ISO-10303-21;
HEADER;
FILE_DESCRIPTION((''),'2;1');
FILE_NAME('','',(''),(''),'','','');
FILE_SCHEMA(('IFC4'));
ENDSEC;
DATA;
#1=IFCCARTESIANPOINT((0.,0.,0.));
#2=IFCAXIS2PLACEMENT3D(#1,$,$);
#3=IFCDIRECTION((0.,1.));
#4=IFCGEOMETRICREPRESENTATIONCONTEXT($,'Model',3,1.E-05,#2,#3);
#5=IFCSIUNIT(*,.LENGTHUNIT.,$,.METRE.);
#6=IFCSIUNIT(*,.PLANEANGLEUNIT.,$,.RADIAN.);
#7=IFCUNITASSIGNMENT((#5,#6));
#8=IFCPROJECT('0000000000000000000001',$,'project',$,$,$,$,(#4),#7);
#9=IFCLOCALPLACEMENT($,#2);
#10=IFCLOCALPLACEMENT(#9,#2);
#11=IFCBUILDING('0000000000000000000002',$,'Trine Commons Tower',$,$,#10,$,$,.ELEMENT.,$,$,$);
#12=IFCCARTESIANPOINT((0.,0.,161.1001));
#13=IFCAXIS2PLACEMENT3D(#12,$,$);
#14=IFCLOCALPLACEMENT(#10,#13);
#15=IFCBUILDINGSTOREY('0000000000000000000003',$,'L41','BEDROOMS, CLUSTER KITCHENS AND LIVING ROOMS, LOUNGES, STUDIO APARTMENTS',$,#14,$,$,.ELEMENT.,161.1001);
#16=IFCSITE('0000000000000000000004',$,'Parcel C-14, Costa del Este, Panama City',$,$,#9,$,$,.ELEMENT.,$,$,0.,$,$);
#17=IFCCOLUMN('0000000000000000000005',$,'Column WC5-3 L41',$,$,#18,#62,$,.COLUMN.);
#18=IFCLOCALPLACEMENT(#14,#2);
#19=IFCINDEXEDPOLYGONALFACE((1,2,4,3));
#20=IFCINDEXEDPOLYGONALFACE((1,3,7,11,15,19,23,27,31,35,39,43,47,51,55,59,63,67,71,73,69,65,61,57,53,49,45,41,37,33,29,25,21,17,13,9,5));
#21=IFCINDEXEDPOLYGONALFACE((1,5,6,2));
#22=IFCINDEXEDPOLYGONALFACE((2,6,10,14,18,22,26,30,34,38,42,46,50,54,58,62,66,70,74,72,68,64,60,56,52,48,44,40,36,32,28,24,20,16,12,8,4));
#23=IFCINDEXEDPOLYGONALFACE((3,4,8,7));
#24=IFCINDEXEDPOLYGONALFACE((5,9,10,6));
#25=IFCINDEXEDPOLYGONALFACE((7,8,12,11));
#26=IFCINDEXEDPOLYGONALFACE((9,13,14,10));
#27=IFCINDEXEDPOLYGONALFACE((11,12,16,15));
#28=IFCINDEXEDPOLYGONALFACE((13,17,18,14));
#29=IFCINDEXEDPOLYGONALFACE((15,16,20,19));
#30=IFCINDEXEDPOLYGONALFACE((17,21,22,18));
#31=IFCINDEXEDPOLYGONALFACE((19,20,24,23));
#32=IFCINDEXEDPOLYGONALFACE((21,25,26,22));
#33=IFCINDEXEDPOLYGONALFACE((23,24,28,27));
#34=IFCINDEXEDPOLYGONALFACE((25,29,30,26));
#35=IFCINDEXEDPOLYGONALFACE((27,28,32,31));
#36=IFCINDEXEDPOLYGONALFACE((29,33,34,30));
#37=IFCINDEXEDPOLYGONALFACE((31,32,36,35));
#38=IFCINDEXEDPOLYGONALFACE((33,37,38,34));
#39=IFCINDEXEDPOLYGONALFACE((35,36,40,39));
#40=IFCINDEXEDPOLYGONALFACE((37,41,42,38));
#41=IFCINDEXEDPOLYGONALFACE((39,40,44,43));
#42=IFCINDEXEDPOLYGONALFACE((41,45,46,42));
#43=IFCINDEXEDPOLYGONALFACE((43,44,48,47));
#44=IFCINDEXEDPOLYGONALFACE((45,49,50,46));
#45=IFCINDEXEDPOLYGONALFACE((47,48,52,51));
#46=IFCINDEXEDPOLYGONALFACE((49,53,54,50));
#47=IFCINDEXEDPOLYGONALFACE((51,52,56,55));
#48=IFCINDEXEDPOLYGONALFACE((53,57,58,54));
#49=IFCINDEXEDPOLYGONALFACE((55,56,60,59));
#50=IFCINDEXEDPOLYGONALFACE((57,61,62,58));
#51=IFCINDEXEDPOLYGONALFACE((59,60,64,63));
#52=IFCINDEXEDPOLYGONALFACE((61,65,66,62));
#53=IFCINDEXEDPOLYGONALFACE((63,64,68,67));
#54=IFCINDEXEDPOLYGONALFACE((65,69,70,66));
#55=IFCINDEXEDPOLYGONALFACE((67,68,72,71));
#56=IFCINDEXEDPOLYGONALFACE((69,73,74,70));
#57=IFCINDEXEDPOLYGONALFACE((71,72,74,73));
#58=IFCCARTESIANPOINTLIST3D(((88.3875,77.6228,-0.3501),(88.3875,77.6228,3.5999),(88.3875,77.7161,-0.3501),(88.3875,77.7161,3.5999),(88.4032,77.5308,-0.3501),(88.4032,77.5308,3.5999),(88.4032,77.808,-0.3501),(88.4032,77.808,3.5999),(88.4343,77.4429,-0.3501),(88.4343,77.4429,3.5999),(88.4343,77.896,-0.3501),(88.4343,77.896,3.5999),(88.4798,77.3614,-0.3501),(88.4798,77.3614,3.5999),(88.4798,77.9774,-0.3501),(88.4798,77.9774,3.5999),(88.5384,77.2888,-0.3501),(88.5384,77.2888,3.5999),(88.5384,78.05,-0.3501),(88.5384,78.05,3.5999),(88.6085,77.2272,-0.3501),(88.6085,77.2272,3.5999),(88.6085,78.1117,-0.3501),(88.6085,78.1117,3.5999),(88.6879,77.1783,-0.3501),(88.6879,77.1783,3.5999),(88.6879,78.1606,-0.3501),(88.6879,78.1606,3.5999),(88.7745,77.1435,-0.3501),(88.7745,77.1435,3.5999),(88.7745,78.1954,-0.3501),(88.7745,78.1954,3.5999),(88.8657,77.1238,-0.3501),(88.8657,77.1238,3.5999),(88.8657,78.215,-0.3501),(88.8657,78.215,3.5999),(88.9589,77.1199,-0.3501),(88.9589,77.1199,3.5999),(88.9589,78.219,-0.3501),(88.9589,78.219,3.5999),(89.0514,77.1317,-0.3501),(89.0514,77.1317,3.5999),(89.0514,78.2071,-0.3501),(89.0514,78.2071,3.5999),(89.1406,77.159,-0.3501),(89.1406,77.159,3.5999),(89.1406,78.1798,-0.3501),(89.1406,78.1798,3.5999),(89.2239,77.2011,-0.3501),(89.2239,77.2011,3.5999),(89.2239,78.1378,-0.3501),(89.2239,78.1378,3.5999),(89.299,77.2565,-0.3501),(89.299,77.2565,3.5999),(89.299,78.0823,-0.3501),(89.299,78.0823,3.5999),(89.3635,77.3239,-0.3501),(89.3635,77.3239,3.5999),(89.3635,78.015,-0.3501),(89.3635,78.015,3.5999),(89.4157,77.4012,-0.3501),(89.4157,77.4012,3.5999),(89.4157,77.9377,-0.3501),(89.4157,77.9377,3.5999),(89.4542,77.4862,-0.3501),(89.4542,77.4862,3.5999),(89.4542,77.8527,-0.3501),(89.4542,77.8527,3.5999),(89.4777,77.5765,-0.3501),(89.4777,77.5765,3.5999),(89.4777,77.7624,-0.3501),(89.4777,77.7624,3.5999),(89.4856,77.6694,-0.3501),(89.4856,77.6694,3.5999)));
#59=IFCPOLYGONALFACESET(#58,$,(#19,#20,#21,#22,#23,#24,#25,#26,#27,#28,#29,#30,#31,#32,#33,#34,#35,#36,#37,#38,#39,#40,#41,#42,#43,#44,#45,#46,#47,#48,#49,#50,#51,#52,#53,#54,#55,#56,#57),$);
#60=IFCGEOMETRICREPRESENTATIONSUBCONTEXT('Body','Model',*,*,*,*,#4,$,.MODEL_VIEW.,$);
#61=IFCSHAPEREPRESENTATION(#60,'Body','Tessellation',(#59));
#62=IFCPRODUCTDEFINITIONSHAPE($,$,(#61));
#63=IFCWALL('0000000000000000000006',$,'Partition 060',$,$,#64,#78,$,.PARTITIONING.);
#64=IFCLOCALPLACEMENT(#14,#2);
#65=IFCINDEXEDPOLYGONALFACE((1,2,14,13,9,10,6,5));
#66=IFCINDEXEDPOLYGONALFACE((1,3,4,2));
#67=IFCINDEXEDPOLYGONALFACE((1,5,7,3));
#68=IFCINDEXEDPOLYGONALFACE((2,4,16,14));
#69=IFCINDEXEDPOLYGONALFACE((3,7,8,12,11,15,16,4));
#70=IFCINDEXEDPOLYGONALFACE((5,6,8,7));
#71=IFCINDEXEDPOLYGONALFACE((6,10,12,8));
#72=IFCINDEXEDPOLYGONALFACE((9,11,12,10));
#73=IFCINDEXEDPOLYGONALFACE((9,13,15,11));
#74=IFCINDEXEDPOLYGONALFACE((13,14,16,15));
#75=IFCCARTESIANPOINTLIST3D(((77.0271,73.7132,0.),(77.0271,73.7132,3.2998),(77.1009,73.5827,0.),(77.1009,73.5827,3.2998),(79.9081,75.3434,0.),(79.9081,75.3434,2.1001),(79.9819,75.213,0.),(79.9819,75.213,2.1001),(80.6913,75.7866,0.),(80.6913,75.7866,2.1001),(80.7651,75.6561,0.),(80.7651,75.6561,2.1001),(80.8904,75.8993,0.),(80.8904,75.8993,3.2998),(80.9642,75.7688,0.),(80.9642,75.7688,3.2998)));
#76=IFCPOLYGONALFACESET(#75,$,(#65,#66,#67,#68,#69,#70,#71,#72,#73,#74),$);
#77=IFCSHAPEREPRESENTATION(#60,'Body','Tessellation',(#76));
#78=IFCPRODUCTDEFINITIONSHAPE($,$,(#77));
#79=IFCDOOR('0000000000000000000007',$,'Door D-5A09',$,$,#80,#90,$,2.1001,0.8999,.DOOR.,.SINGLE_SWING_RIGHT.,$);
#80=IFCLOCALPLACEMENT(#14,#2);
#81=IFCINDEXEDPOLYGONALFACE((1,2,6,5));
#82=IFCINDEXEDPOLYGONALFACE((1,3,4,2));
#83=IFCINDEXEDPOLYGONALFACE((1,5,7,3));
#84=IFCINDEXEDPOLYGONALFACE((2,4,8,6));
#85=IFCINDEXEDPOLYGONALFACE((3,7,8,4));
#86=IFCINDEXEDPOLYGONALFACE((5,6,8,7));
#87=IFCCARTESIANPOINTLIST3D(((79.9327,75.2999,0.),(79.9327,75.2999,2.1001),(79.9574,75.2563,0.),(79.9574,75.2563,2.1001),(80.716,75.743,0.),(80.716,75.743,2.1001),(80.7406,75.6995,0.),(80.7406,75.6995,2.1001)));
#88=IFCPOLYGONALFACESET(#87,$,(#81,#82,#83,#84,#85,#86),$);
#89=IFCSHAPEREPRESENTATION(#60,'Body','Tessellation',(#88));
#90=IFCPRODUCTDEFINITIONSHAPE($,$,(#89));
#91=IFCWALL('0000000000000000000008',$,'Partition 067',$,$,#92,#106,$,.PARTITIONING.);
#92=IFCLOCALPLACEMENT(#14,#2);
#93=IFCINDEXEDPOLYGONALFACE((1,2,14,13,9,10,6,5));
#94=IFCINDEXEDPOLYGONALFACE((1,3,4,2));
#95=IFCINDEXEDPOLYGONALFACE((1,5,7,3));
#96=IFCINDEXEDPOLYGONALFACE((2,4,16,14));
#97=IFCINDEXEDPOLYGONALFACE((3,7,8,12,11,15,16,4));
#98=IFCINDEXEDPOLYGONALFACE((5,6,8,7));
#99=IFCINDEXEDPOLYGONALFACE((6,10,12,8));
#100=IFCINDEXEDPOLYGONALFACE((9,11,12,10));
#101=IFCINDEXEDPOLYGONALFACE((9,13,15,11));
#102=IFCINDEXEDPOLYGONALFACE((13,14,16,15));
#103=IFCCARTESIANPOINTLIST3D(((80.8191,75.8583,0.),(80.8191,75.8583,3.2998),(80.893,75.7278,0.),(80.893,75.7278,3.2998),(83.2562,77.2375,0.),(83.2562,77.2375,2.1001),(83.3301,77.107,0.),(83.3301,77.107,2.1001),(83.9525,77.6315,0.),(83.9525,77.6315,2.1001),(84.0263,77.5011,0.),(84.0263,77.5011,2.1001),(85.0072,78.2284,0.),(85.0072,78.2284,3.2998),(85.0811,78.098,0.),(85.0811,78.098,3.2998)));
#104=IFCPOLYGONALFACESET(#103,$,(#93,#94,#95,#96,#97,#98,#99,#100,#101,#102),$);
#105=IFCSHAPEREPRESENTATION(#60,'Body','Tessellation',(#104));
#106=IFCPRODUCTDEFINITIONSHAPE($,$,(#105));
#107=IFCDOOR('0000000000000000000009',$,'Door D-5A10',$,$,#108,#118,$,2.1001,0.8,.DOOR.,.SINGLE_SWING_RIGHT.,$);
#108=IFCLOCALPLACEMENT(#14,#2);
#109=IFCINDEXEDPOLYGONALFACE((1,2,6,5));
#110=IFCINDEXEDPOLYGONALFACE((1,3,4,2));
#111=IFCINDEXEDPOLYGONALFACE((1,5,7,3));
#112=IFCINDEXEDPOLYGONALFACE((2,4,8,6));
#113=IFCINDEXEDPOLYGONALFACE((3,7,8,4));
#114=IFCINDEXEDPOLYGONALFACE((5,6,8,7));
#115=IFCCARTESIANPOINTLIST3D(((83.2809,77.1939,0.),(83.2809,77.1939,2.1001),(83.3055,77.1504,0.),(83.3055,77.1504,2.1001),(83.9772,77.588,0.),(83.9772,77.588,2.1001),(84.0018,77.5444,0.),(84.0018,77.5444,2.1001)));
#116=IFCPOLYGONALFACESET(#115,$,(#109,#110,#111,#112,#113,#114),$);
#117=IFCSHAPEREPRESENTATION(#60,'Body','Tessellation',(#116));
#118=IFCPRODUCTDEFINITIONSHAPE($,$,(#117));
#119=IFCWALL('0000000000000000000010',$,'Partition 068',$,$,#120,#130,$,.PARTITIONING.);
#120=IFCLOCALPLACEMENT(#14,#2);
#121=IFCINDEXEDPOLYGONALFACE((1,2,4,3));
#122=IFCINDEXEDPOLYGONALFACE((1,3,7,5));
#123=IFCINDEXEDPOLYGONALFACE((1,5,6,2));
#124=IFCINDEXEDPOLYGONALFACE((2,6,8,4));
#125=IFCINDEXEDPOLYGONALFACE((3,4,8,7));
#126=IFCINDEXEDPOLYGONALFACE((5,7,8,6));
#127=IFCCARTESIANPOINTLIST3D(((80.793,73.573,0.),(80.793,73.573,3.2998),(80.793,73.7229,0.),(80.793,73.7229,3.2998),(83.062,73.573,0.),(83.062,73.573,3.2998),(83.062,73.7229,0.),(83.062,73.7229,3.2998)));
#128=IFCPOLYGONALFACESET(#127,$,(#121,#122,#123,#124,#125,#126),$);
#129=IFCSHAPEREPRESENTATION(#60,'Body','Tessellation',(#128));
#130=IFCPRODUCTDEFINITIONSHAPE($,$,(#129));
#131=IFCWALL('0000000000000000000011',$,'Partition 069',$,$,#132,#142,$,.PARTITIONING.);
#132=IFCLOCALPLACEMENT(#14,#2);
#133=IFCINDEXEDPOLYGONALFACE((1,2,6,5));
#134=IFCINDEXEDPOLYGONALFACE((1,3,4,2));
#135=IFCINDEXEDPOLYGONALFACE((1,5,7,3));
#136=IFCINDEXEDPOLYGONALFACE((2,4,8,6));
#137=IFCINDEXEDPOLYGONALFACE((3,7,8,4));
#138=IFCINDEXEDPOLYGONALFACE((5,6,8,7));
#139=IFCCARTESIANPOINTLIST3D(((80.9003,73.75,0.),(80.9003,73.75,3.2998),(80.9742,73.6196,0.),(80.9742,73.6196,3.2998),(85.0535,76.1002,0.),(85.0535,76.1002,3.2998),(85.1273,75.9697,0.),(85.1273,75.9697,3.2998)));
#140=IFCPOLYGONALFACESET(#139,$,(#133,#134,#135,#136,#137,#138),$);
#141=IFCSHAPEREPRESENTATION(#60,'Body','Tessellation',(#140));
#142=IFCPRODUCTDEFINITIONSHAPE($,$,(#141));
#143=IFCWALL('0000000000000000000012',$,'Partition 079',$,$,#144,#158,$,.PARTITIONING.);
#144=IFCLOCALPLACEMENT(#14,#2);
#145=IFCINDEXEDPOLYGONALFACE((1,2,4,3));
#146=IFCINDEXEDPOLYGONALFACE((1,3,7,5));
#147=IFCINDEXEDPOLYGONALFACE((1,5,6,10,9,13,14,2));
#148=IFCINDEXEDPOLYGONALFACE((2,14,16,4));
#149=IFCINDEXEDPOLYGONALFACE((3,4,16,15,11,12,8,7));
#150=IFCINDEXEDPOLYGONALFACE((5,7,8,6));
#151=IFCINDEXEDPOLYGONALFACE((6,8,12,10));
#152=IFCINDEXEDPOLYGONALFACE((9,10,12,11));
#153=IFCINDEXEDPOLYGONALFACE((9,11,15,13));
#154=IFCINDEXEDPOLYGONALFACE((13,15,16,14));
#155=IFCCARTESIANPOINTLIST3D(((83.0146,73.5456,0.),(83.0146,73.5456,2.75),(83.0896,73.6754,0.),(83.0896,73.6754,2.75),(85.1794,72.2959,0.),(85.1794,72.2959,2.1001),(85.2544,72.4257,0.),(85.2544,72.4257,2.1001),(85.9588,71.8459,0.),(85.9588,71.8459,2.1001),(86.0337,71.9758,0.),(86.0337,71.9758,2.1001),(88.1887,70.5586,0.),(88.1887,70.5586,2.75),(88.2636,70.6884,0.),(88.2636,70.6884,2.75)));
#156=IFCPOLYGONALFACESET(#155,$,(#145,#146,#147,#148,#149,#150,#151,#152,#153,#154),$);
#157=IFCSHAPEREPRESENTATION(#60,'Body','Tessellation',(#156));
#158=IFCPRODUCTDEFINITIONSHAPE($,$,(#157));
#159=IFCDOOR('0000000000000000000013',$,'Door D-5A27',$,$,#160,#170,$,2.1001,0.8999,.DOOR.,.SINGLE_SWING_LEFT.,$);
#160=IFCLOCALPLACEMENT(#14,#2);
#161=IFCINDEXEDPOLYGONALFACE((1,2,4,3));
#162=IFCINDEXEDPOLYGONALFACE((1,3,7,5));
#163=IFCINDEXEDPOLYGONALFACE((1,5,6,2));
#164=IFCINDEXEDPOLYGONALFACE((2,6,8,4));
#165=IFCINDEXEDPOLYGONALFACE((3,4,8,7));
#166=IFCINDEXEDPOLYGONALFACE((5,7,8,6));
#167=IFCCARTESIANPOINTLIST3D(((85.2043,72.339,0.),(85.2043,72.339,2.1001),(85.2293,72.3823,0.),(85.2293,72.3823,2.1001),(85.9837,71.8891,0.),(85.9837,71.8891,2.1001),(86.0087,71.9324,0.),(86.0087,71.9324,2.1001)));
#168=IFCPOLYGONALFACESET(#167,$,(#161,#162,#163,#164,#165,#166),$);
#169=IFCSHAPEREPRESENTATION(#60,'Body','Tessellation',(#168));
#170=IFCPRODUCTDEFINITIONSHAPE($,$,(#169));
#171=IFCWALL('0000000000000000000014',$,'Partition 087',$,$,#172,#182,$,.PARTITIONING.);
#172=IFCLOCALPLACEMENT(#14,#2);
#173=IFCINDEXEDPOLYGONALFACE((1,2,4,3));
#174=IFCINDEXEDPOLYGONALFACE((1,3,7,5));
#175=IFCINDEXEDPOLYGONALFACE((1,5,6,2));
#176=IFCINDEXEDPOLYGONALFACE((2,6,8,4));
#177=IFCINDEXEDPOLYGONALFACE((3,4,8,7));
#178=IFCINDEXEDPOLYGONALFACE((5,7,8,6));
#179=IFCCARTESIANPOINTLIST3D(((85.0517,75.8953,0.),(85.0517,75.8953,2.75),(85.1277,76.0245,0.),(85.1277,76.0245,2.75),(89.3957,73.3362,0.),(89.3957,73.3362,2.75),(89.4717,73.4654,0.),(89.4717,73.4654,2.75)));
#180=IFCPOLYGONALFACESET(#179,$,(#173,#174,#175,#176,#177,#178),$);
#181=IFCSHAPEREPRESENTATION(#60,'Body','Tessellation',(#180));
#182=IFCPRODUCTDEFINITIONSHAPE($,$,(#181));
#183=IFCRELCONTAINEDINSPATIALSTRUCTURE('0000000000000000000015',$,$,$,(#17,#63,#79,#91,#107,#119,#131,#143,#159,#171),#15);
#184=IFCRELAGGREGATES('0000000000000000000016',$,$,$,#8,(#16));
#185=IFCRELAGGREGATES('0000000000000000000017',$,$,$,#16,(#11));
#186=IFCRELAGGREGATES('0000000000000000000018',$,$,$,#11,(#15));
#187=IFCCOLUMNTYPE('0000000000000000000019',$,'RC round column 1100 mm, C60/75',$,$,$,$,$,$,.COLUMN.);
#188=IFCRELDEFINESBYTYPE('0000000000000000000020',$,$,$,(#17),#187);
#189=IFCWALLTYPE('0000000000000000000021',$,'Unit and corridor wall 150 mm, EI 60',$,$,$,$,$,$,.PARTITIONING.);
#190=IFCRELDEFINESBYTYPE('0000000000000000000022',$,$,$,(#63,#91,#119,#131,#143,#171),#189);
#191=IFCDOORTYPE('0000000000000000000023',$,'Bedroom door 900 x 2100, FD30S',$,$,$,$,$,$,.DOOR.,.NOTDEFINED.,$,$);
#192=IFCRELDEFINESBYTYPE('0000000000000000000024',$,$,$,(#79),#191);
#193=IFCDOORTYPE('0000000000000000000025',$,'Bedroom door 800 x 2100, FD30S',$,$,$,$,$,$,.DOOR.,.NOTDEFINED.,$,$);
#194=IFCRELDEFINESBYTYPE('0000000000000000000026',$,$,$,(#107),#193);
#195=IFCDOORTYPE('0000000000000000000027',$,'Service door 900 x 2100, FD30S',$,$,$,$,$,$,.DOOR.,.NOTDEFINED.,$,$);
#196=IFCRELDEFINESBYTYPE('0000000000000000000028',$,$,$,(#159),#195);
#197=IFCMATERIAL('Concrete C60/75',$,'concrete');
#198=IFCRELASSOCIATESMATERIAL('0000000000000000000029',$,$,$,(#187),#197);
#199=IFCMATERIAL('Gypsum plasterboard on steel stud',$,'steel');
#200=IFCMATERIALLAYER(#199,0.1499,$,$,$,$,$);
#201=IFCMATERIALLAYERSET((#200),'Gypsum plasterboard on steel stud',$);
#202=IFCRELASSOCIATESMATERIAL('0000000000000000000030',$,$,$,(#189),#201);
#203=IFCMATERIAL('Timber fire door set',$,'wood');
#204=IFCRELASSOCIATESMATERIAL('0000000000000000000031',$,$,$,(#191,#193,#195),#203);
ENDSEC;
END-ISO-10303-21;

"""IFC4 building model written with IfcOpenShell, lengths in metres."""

from ifc_helpers import new_model, si_unit, direction, frame, frame_2d, origin, origin_2d, place, context, subcontext, project, spatial, rectangle, circle, extrude, material, layer, layer_set, material_profile, profile_set, type_object, element, fill, save


model = new_model("IFC4")

# Units and contexts
model_context = context("Model", 3, precision=1e-05, world=origin(), true_north=direction((0.0, 1.0)))
body_context = subcontext(model_context, "Body", "Model", "MODEL_VIEW")
ifc_project = project(units=[si_unit("LENGTHUNIT", "METRE"), si_unit("PLANEANGLEUNIT", "RADIAN")], contexts=[model_context])

# Site, building, storey
site_placement = place(None, origin())
site = spatial("IfcSite", under=ifc_project, at=site_placement, Name="Parcel C-14, Costa del Este, Panama City", CompositionType="ELEMENT", RefElevation=0.0)
building_placement = place(site_placement, origin())
building = spatial("IfcBuilding", under=site, at=building_placement, Name="Trine Commons Tower", CompositionType="ELEMENT")
storey_placement = place(building_placement, frame((0.0, 0.0, 161.1001)))
storey = spatial("IfcBuildingStorey", under=building, at=storey_placement, Name="L41", Description="BEDROOMS, CLUSTER KITCHENS AND LIVING ROOMS, LOUNGES, STUDIO APARTMENTS", CompositionType="ELEMENT", Elevation=161.1001)

# Column
ifc_material_1 = material(Name="Concrete C60/75", Category="concrete")
ifc_material_profile = material_profile(ifc_material_1, circle(Radius=0.55, at=origin_2d()), Name="RC round 1100")
ifc_profile_set = profile_set([ifc_material_profile], Name="Concrete C60/75")
column_type = type_object("IfcColumnType", Name="RC round column 1100 mm, C60/75", PredefinedType="COLUMN", material=ifc_profile_set)
column_placement = place(storey_placement, frame((88.9355, 77.6694, -0.3501), z_axis=(0.0, 0.0, 1.0), x_axis=(1.0, 0.0, 0.0)))
element("IfcColumn", 1, at=column_placement, inside=storey, type_object=column_type, Name="Column WC5-3 L41", PredefinedType="COLUMN", context=body_context, shape_type="SweptSolid", body=[
    extrude(circle(Radius=0.55, at=origin_2d()), origin(), (0.0, 0.0, 1.0), 3.95),
])

# Walls, openings, doors
ifc_material_2 = material(Name="Gypsum plasterboard on steel stud", Category="steel")
ifc_layer_1 = layer(ifc_material_2, 0.1499)
ifc_layer_set_1 = layer_set([ifc_layer_1], Name="Gypsum plasterboard on steel stud")
wall_type_1 = type_object("IfcWallType", Name="Unit and corridor wall 150 mm, EI 60", PredefinedType="PARTITIONING", material=ifc_layer_set_1)
wall_1_placement = place(storey_placement, frame((77.064, 73.6479, 0.0), z_axis=(0.0, 0.0, 1.0), x_axis=(0.870327, 0.492474, 0.0)))
wall_1 = element("IfcWall", 2, at=wall_1_placement, inside=storey, type_object=wall_type_1, Name="Partition 060", PredefinedType="PARTITIONING", context=body_context, shape_type="SweptSolid", body=[
    extrude(rectangle(XDim=4.439, YDim=0.1499, at=frame_2d((2.2195, 0.0))), origin(), (0.0, 0.0, 1.0), 3.2998),
])
opening_1_placement = place(wall_1_placement, frame((3.3103, 0.0, 0.0)))
opening_1 = element("IfcOpeningElement", 3, at=opening_1_placement, cuts=wall_1, PredefinedType="OPENING", context=body_context, shape_type="SweptSolid", body=[
    extrude(rectangle(XDim=0.8999, YDim=2.1001, at=frame_2d((0.45, 1.05))), frame((0.0, 0.085, 0.0), z_axis=(0.0, -1.0, 0.0), x_axis=(1.0, 0.0, 0.0)), (0.0, 0.0, 1.0), 0.1699),
])
ifc_material_3 = material(Name="Timber fire door set", Category="wood")
door_type_1 = type_object("IfcDoorType", Name="Bedroom door 900 x 2100, FD30S", OperationType="NOTDEFINED", PredefinedType="DOOR", material=ifc_material_3)
door_1_placement = place(opening_1_placement, origin())
door_1 = element("IfcDoor", 4, at=door_1_placement, inside=storey, type_object=door_type_1, Name="Door D-5A09", OperationType="SINGLE_SWING_RIGHT", OverallHeight=2.1001, OverallWidth=0.8999, PredefinedType="DOOR", context=body_context, shape_type="SweptSolid", body=[
    extrude(rectangle(XDim=0.8999, YDim=2.1001, at=frame_2d((0.45, 1.05))), frame((0.0, 0.0249, 0.0), z_axis=(0.0, -1.0, 0.0), x_axis=(1.0, 0.0, 0.0)), (0.0, 0.0, 1.0), 0.05),
])
fill(opening_1, door_1)
wall_2_placement = place(storey_placement, frame((80.856, 75.793, 0.0), z_axis=(0.0, 0.0, 1.0), x_axis=(0.870296, 0.492529, 0.0)))
wall_2 = element("IfcWall", 5, at=wall_2_placement, inside=storey, type_object=wall_type_1, Name="Partition 067", PredefinedType="PARTITIONING", context=body_context, shape_type="SweptSolid", body=[
    extrude(rectangle(XDim=4.8123, YDim=0.1499, at=frame_2d((2.4062, 0.0))), origin(), (0.0, 0.0, 1.0), 3.2998),
])
opening_2_placement = place(wall_2_placement, frame((2.8005, 0.0, 0.0)))
opening_2 = element("IfcOpeningElement", 6, at=opening_2_placement, cuts=wall_2, PredefinedType="OPENING", context=body_context, shape_type="SweptSolid", body=[
    extrude(rectangle(XDim=0.8, YDim=2.1001, at=frame_2d((0.3999, 1.05))), frame((0.0, 0.085, 0.0), z_axis=(0.0, -1.0, 0.0), x_axis=(1.0, 0.0, 0.0)), (0.0, 0.0, 1.0), 0.1699),
])
door_type_2 = type_object("IfcDoorType", Name="Bedroom door 800 x 2100, FD30S", OperationType="NOTDEFINED", PredefinedType="DOOR", material=ifc_material_3)
door_2_placement = place(opening_2_placement, origin())
door_2 = element("IfcDoor", 7, at=door_2_placement, inside=storey, type_object=door_type_2, Name="Door D-5A10", OperationType="SINGLE_SWING_RIGHT", OverallHeight=2.1001, OverallWidth=0.8, PredefinedType="DOOR", context=body_context, shape_type="SweptSolid", body=[
    extrude(rectangle(XDim=0.8, YDim=2.1001, at=frame_2d((0.3999, 1.05))), frame((0.0, 0.0249, 0.0), z_axis=(0.0, -1.0, 0.0), x_axis=(1.0, 0.0, 0.0)), (0.0, 0.0, 1.0), 0.05),
])
fill(opening_2, door_2)

# Walls
wall_3_placement = place(storey_placement, frame((80.793, 73.6479, 0.0), z_axis=(0.0, 0.0, 1.0), x_axis=(1.0, 0.0, 0.0)))
element("IfcWall", 8, at=wall_3_placement, inside=storey, type_object=wall_type_1, Name="Partition 068", PredefinedType="PARTITIONING", context=body_context, shape_type="SweptSolid", body=[
    extrude(rectangle(XDim=2.269, YDim=0.1499, at=frame_2d((1.1345, 0.0))), origin(), (0.0, 0.0, 1.0), 3.2998),
])
wall_4_placement = place(storey_placement, frame((80.9373, 73.6848, 0.0), z_axis=(0.0, 0.0, 1.0), x_axis=(0.87032, 0.492487, 0.0)))
element("IfcWall", 9, at=wall_4_placement, inside=storey, type_object=wall_type_1, Name="Partition 069", PredefinedType="PARTITIONING", context=body_context, shape_type="SweptSolid", body=[
    extrude(rectangle(XDim=4.772, YDim=0.1499, at=frame_2d((2.386, 0.0))), origin(), (0.0, 0.0, 1.0), 3.2998),
])

# Wall, opening, door
wall_5_placement = place(storey_placement, frame((83.052, 73.6106, 0.0), z_axis=(0.0, 0.0, 1.0), x_axis=(0.866039, -0.499976, 0.0)))
wall_5 = element("IfcWall", 10, at=wall_5_placement, inside=storey, type_object=wall_type_1, Name="Partition 079", PredefinedType="PARTITIONING", context=body_context, shape_type="SweptSolid", body=[
    extrude(rectangle(XDim=5.9744, YDim=0.1499, at=frame_2d((2.9873, 0.0))), origin(), (0.0, 0.0, 1.0), 2.75),
])
opening_3_placement = place(wall_5_placement, frame((2.4998, 0.0, 0.0)))
opening_3 = element("IfcOpeningElement", 11, at=opening_3_placement, cuts=wall_5, PredefinedType="OPENING", context=body_context, shape_type="SweptSolid", body=[
    extrude(rectangle(XDim=0.8999, YDim=2.1001, at=frame_2d((0.45, 1.05))), frame((0.0, 0.085, 0.0), z_axis=(0.0, -1.0, 0.0), x_axis=(1.0, 0.0, 0.0)), (0.0, 0.0, 1.0), 0.1699),
])
door_type_3 = type_object("IfcDoorType", Name="Service door 900 x 2100, FD30S", OperationType="NOTDEFINED", PredefinedType="DOOR", material=ifc_material_3)
door_3_placement = place(opening_3_placement, origin())
door_3 = element("IfcDoor", 12, at=door_3_placement, inside=storey, type_object=door_type_3, Name="Door D-5A27", OperationType="SINGLE_SWING_LEFT", OverallHeight=2.1001, OverallWidth=0.8999, PredefinedType="DOOR", context=body_context, shape_type="SweptSolid", body=[
    extrude(rectangle(XDim=0.8999, YDim=2.1001, at=frame_2d((0.45, 1.05))), frame((0.0, 0.0249, 0.0), z_axis=(0.0, -1.0, 0.0), x_axis=(1.0, 0.0, 0.0)), (0.0, 0.0, 1.0), 0.05),
])
fill(opening_3, door_3)

# Wall
wall_6_placement = place(storey_placement, frame((85.0896, 75.96, 0.0), z_axis=(0.0, 0.0, 1.0), x_axis=(0.861605, -0.507579, 0.0)))
element("IfcWall", 13, at=wall_6_placement, inside=storey, type_object=wall_type_1, Name="Partition 087", PredefinedType="PARTITIONING", context=body_context, shape_type="SweptSolid", body=[
    extrude(rectangle(XDim=5.0417, YDim=0.1499, at=frame_2d((2.521, 0.0))), origin(), (0.0, 0.0, 1.0), 2.75),
])

save(model, "model.ifc")
